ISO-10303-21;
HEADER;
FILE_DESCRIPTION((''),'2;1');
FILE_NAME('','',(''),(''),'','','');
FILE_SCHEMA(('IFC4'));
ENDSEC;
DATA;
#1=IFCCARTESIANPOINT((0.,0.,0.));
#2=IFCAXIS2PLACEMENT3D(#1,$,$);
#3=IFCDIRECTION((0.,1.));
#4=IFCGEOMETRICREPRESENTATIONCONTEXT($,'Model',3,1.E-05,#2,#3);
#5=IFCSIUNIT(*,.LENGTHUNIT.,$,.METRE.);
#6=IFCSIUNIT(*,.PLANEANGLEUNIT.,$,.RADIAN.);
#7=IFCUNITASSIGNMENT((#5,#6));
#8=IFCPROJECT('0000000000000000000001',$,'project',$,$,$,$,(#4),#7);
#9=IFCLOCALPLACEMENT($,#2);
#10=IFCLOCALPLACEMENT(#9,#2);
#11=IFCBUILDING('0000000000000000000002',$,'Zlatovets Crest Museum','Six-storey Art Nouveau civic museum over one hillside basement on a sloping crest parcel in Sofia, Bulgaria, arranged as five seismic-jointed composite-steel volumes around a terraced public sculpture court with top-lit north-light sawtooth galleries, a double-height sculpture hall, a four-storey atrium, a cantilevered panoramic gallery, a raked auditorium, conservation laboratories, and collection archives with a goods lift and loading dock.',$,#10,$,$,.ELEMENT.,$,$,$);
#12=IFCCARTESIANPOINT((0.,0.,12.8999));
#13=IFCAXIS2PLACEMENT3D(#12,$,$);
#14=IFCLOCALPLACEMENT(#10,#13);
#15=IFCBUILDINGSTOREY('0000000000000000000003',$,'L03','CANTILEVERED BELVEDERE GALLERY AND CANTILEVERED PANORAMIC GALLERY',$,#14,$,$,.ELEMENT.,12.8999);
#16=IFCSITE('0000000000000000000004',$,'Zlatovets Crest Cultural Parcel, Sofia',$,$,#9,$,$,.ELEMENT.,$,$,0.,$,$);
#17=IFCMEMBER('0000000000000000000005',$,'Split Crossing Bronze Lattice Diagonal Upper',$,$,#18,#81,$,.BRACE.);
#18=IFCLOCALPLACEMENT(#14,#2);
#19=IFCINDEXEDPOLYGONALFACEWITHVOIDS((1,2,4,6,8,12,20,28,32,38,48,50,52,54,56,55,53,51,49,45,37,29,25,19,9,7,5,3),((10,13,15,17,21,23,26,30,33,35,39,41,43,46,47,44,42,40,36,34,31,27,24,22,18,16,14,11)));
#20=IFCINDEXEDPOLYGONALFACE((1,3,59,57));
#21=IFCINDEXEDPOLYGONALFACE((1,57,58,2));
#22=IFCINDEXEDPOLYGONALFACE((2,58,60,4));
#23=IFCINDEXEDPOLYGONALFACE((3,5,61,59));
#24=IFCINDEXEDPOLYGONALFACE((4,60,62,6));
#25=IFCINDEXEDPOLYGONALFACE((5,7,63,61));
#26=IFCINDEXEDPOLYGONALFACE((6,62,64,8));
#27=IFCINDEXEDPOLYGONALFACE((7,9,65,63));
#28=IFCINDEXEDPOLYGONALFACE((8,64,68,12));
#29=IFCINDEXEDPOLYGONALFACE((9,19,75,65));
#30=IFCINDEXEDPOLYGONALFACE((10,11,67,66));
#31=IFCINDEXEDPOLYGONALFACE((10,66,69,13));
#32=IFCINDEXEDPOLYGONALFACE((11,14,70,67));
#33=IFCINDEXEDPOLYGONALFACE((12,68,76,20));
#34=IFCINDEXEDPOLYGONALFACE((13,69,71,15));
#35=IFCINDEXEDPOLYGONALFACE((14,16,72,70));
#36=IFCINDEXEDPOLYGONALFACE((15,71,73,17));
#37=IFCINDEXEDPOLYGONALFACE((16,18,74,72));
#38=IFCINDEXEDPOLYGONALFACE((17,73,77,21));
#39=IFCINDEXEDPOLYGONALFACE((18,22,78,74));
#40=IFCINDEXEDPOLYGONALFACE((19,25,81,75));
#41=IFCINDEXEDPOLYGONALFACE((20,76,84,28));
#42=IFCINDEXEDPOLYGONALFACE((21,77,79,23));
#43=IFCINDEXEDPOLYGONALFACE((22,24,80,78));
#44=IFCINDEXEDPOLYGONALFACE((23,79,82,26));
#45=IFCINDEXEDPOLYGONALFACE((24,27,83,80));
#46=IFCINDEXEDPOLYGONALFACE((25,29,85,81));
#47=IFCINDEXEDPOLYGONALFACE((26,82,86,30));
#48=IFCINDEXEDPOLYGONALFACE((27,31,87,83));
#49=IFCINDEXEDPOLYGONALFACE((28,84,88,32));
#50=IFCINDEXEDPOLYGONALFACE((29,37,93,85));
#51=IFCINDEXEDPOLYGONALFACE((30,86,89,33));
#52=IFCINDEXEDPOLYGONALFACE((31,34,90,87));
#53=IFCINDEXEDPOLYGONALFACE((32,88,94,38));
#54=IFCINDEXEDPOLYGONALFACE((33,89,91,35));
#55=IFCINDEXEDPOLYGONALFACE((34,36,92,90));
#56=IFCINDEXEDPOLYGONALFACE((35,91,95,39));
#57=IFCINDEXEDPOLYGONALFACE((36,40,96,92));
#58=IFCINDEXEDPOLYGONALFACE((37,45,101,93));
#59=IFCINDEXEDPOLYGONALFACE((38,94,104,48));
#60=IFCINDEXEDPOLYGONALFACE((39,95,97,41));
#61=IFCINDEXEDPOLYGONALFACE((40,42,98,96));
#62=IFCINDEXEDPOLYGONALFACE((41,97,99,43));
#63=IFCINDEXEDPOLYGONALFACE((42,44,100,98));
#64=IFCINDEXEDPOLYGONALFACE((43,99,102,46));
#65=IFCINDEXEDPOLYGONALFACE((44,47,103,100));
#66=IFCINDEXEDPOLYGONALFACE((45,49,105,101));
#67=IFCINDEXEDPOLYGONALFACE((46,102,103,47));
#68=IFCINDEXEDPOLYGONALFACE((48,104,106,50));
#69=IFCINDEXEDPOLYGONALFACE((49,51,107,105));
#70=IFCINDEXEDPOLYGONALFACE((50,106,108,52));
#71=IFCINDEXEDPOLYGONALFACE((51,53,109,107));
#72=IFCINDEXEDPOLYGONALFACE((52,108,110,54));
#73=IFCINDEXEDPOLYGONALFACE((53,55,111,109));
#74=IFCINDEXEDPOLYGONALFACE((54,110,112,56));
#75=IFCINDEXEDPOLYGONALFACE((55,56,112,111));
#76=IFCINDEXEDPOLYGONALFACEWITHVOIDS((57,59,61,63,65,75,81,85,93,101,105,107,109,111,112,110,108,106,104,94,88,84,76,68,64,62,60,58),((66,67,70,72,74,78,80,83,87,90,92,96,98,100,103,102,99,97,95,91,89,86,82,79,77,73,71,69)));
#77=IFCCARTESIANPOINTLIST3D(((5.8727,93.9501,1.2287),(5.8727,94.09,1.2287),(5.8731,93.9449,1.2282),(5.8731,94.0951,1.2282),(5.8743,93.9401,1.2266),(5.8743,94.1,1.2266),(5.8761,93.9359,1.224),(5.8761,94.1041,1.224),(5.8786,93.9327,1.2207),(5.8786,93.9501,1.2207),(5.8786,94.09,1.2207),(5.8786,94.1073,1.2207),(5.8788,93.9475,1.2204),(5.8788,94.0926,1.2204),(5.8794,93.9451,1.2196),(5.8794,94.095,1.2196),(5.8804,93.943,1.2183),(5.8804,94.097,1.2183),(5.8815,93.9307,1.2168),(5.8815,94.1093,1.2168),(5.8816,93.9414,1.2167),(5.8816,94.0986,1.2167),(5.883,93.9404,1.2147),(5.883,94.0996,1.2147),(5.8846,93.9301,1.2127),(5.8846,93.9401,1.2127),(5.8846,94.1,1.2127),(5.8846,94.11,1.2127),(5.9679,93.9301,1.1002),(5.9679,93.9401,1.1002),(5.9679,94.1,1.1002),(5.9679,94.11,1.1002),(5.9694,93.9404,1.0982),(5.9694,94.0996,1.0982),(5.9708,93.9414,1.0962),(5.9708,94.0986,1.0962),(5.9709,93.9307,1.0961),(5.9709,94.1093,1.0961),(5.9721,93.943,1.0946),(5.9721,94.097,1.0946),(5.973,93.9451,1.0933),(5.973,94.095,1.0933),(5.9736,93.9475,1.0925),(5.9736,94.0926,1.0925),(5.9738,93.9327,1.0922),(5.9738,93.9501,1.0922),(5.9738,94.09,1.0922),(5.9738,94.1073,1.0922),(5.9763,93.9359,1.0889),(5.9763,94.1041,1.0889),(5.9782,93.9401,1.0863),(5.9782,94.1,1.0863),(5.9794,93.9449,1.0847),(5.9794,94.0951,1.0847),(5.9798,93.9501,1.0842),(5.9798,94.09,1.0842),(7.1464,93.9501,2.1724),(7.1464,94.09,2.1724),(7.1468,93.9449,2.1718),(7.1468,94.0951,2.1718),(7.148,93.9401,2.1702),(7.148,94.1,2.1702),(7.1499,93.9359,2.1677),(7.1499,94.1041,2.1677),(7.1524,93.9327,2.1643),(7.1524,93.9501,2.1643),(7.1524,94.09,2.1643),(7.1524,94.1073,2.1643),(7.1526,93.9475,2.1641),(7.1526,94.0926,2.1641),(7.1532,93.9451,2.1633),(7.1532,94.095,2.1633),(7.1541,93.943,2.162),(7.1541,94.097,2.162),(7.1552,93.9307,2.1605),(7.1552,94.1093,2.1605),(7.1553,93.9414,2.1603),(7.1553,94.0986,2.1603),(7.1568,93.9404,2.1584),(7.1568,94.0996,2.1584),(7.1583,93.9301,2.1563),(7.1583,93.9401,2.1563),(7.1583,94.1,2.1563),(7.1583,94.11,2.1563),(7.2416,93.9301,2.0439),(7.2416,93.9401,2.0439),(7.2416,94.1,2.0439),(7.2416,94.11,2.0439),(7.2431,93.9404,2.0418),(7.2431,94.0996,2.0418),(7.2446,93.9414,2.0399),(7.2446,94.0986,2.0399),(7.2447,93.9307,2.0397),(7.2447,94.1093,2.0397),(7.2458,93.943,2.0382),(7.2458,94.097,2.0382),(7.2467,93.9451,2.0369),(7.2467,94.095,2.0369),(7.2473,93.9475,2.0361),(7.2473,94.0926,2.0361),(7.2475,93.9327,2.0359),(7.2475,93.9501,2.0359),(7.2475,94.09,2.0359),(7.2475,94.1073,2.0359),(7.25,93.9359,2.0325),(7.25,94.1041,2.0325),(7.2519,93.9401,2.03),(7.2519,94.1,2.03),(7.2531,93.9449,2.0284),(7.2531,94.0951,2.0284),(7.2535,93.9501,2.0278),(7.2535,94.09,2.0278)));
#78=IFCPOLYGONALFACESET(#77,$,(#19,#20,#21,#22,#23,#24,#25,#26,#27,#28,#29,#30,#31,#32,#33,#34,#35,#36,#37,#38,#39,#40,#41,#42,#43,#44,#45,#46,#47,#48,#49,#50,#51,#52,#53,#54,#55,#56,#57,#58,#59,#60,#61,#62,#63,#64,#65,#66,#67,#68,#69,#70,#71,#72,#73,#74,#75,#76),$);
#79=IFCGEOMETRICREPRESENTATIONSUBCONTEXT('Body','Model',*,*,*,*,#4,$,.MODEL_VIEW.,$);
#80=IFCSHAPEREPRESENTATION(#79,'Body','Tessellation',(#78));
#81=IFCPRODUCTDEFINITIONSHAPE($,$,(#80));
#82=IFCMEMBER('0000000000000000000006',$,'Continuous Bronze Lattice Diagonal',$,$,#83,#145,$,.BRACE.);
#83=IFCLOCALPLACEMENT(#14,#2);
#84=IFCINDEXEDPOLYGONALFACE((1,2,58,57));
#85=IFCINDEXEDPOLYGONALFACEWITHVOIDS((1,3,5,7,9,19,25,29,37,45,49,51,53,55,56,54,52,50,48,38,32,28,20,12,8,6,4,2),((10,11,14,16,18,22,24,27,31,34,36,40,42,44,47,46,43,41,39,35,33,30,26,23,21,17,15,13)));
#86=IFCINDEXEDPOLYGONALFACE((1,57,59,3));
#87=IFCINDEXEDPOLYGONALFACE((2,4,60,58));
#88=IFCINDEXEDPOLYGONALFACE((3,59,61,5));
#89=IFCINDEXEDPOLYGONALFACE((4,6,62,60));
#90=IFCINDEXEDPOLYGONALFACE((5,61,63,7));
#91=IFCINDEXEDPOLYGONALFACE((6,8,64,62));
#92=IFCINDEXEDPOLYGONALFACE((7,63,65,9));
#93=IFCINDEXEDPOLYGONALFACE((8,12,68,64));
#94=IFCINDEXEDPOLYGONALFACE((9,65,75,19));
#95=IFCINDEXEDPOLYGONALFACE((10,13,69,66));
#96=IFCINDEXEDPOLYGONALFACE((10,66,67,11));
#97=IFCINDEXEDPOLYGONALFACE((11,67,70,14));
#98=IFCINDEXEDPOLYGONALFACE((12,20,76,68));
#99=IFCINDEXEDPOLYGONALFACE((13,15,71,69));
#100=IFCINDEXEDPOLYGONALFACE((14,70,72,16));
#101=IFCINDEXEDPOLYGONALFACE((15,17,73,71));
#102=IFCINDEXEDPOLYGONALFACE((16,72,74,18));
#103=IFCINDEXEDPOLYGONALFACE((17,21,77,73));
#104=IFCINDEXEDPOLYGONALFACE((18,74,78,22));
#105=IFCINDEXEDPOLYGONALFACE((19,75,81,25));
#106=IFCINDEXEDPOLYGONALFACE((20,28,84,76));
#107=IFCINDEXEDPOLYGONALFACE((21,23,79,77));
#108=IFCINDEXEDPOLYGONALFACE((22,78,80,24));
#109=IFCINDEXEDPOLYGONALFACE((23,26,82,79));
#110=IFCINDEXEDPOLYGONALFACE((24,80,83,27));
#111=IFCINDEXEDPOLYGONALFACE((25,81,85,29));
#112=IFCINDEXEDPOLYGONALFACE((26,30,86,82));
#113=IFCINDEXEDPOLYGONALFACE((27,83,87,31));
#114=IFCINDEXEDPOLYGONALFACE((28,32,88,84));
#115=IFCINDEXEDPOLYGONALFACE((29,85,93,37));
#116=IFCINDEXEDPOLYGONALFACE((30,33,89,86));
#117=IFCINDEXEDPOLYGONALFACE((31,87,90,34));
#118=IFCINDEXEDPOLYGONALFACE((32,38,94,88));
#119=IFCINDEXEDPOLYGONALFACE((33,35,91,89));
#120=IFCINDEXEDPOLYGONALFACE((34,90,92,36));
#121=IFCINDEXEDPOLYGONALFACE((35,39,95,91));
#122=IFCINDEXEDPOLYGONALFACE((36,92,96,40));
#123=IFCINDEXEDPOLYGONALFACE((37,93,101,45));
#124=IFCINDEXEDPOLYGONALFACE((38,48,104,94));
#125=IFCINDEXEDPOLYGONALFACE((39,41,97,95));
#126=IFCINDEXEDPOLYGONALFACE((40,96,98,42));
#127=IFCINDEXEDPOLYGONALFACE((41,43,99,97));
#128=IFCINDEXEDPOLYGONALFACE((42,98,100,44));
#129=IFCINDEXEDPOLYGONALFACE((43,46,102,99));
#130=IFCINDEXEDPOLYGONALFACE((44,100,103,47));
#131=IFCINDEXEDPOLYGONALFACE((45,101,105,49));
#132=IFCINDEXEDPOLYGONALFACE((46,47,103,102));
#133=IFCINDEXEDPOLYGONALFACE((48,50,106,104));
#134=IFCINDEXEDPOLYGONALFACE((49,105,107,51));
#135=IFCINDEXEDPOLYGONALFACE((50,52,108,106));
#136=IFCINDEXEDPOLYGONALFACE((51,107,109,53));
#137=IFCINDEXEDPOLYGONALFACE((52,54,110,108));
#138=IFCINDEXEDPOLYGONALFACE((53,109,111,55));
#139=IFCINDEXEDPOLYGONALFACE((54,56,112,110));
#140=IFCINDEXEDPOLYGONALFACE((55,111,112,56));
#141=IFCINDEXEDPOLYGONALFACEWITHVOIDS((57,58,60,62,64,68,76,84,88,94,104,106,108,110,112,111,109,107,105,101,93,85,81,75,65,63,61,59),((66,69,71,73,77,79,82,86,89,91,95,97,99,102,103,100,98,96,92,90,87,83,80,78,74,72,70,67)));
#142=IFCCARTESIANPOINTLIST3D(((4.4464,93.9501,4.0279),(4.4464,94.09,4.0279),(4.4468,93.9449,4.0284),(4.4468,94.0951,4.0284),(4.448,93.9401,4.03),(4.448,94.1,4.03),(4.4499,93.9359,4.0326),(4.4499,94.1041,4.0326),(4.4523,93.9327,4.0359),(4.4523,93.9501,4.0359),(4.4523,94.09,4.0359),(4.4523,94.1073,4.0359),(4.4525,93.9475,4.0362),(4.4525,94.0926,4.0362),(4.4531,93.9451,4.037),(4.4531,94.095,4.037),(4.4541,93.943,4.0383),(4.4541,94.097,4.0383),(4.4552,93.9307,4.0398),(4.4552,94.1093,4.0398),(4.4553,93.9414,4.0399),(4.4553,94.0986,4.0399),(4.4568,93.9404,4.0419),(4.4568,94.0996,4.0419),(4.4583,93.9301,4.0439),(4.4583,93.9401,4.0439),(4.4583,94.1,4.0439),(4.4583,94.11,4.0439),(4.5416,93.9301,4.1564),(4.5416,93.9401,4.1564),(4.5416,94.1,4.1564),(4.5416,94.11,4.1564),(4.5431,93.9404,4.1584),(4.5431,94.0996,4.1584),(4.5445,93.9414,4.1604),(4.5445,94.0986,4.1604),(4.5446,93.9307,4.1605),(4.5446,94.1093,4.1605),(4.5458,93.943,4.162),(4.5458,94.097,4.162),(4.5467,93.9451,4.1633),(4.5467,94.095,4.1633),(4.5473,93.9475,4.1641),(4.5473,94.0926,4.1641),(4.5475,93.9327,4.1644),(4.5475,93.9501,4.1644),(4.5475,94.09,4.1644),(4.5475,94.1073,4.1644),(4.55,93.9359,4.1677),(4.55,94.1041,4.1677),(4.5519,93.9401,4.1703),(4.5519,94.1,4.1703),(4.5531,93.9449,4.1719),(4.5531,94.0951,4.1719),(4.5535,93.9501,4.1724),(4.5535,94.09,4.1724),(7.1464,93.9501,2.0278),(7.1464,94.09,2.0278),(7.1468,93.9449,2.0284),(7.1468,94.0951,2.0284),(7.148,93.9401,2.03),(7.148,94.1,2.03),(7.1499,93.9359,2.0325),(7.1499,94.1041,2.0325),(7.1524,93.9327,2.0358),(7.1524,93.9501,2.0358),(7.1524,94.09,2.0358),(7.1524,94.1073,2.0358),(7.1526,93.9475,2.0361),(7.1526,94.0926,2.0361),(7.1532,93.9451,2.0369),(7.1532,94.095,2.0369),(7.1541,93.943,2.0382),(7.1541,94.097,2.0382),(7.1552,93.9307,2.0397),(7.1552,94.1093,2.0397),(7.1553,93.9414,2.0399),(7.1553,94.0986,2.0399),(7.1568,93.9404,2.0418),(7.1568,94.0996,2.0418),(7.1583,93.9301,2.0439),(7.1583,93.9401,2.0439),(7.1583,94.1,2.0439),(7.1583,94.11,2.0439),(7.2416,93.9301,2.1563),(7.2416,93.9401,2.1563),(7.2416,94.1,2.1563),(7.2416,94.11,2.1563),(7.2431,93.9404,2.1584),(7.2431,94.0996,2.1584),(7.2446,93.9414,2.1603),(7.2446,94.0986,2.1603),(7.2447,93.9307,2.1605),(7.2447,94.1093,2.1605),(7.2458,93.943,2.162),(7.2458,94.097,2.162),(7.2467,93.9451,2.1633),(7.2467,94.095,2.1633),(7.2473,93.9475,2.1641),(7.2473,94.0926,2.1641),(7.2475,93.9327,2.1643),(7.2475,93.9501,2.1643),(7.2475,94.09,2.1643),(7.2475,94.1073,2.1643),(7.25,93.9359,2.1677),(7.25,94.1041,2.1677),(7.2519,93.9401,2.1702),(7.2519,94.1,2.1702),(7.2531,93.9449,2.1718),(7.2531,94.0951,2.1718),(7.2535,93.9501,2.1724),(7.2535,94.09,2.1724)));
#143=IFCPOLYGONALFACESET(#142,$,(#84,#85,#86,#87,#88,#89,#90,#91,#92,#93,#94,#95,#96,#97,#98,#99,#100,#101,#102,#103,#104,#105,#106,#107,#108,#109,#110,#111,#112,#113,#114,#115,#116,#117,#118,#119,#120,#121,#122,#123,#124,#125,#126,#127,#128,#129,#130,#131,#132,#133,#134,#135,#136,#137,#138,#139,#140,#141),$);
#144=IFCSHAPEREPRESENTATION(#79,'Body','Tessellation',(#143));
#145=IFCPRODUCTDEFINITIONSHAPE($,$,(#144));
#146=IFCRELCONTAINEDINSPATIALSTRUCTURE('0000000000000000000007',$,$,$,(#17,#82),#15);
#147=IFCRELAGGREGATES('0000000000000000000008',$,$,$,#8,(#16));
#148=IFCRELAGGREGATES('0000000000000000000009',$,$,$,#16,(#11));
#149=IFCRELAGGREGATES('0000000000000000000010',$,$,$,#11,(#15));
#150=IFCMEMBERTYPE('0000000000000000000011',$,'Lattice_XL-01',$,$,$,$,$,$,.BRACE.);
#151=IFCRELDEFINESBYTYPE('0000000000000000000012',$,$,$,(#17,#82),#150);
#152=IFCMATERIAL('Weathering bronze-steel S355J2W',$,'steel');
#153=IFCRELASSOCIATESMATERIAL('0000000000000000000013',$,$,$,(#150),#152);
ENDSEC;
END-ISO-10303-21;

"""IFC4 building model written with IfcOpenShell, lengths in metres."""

from ifc_helpers import new_model, si_unit, direction, frame, origin, origin_2d, place, context, subcontext, project, spatial, hollow_rectangle, extrude, material, material_profile, profile_set, type_object, element, save


model = new_model("IFC4")

# Units and contexts
model_context = context("Model", 3, precision=1e-05, world=origin(), true_north=direction((0.0, 1.0)))
body_context = subcontext(model_context, "Body", "Model", "MODEL_VIEW")
ifc_project = project(units=[si_unit("LENGTHUNIT", "METRE"), si_unit("PLANEANGLEUNIT", "RADIAN")], contexts=[model_context])

# Site, building, storey
site_placement = place(None, origin())
site = spatial("IfcSite", under=ifc_project, at=site_placement, Name="Zlatovets Crest Cultural Parcel, Sofia", CompositionType="ELEMENT", RefElevation=0.0)
building_placement = place(site_placement, origin())
building = spatial("IfcBuilding", under=site, at=building_placement, Name="Zlatovets Crest Museum", Description="Six-storey Art Nouveau civic museum over one hillside basement on a sloping crest parcel in Sofia, Bulgaria, arranged as five seismic-jointed composite-steel volumes around a terraced public sculpture court with top-lit north-light sawtooth galleries, a double-height sculpture hall, a four-storey atrium, a cantilevered panoramic gallery, a raked auditorium, conservation laboratories, and collection archives with a goods lift and loading dock.", CompositionType="ELEMENT")
storey_placement = place(building_placement, frame((0.0, 0.0, 12.8999)))
storey = spatial("IfcBuildingStorey", under=building, at=storey_placement, Name="L03", Description="CANTILEVERED BELVEDERE GALLERY AND CANTILEVERED PANORAMIC GALLERY", CompositionType="ELEMENT", Elevation=12.8999)

# Members
ifc_material_1 = material(Name="Weathering bronze-steel S355J2W", Category="steel")
ifc_material_profile_1 = material_profile(ifc_material_1, hollow_rectangle(XDim=0.1799, YDim=0.1799, WallThickness=0.01, InnerFilletRadius=0.01, OuterFilletRadius=0.02, at=origin_2d()), Name="SHS 180x180x10.0")
ifc_profile_set_1 = profile_set([ifc_material_profile_1], Name="Weathering bronze-steel S355J2W")
member_type_1 = type_object("IfcMemberType", Name="Lattice_XL-01", PredefinedType="BRACE", material=ifc_profile_set_1)
member_1_placement = place(storey_placement, frame((7.2, 94.02, 2.1001), z_axis=(-0.803516, 0.0, -0.595283), x_axis=(0.0, -1.0, 0.0)))
element("IfcMember", 1, at=member_1_placement, inside=storey, type_object=member_type_1, Name="Split Crossing Bronze Lattice Diagonal Upper", PredefinedType="BRACE", context=body_context, shape_type="SweptSolid", body=[
    extrude(hollow_rectangle(XDim=0.1799, YDim=0.1799, WallThickness=0.01, InnerFilletRadius=0.01, OuterFilletRadius=0.02, at=origin_2d()), origin(), (0.0, 0.0, 1.0), 1.5852),
])
member_2_placement = place(storey_placement, frame((7.2, 94.02, 2.1001), z_axis=(-0.803552, 0.0, 0.595235), x_axis=(0.0, -1.0, 0.0)))
element("IfcMember", 2, at=member_2_placement, inside=storey, type_object=member_type_1, Name="Continuous Bronze Lattice Diagonal", PredefinedType="BRACE", context=body_context, shape_type="SweptSolid", body=[
    extrude(hollow_rectangle(XDim=0.1799, YDim=0.1799, WallThickness=0.01, InnerFilletRadius=0.01, OuterFilletRadius=0.02, at=origin_2d()), origin(), (0.0, 0.0, 1.0), 3.3601),
])

save(model, "model.ifc")
